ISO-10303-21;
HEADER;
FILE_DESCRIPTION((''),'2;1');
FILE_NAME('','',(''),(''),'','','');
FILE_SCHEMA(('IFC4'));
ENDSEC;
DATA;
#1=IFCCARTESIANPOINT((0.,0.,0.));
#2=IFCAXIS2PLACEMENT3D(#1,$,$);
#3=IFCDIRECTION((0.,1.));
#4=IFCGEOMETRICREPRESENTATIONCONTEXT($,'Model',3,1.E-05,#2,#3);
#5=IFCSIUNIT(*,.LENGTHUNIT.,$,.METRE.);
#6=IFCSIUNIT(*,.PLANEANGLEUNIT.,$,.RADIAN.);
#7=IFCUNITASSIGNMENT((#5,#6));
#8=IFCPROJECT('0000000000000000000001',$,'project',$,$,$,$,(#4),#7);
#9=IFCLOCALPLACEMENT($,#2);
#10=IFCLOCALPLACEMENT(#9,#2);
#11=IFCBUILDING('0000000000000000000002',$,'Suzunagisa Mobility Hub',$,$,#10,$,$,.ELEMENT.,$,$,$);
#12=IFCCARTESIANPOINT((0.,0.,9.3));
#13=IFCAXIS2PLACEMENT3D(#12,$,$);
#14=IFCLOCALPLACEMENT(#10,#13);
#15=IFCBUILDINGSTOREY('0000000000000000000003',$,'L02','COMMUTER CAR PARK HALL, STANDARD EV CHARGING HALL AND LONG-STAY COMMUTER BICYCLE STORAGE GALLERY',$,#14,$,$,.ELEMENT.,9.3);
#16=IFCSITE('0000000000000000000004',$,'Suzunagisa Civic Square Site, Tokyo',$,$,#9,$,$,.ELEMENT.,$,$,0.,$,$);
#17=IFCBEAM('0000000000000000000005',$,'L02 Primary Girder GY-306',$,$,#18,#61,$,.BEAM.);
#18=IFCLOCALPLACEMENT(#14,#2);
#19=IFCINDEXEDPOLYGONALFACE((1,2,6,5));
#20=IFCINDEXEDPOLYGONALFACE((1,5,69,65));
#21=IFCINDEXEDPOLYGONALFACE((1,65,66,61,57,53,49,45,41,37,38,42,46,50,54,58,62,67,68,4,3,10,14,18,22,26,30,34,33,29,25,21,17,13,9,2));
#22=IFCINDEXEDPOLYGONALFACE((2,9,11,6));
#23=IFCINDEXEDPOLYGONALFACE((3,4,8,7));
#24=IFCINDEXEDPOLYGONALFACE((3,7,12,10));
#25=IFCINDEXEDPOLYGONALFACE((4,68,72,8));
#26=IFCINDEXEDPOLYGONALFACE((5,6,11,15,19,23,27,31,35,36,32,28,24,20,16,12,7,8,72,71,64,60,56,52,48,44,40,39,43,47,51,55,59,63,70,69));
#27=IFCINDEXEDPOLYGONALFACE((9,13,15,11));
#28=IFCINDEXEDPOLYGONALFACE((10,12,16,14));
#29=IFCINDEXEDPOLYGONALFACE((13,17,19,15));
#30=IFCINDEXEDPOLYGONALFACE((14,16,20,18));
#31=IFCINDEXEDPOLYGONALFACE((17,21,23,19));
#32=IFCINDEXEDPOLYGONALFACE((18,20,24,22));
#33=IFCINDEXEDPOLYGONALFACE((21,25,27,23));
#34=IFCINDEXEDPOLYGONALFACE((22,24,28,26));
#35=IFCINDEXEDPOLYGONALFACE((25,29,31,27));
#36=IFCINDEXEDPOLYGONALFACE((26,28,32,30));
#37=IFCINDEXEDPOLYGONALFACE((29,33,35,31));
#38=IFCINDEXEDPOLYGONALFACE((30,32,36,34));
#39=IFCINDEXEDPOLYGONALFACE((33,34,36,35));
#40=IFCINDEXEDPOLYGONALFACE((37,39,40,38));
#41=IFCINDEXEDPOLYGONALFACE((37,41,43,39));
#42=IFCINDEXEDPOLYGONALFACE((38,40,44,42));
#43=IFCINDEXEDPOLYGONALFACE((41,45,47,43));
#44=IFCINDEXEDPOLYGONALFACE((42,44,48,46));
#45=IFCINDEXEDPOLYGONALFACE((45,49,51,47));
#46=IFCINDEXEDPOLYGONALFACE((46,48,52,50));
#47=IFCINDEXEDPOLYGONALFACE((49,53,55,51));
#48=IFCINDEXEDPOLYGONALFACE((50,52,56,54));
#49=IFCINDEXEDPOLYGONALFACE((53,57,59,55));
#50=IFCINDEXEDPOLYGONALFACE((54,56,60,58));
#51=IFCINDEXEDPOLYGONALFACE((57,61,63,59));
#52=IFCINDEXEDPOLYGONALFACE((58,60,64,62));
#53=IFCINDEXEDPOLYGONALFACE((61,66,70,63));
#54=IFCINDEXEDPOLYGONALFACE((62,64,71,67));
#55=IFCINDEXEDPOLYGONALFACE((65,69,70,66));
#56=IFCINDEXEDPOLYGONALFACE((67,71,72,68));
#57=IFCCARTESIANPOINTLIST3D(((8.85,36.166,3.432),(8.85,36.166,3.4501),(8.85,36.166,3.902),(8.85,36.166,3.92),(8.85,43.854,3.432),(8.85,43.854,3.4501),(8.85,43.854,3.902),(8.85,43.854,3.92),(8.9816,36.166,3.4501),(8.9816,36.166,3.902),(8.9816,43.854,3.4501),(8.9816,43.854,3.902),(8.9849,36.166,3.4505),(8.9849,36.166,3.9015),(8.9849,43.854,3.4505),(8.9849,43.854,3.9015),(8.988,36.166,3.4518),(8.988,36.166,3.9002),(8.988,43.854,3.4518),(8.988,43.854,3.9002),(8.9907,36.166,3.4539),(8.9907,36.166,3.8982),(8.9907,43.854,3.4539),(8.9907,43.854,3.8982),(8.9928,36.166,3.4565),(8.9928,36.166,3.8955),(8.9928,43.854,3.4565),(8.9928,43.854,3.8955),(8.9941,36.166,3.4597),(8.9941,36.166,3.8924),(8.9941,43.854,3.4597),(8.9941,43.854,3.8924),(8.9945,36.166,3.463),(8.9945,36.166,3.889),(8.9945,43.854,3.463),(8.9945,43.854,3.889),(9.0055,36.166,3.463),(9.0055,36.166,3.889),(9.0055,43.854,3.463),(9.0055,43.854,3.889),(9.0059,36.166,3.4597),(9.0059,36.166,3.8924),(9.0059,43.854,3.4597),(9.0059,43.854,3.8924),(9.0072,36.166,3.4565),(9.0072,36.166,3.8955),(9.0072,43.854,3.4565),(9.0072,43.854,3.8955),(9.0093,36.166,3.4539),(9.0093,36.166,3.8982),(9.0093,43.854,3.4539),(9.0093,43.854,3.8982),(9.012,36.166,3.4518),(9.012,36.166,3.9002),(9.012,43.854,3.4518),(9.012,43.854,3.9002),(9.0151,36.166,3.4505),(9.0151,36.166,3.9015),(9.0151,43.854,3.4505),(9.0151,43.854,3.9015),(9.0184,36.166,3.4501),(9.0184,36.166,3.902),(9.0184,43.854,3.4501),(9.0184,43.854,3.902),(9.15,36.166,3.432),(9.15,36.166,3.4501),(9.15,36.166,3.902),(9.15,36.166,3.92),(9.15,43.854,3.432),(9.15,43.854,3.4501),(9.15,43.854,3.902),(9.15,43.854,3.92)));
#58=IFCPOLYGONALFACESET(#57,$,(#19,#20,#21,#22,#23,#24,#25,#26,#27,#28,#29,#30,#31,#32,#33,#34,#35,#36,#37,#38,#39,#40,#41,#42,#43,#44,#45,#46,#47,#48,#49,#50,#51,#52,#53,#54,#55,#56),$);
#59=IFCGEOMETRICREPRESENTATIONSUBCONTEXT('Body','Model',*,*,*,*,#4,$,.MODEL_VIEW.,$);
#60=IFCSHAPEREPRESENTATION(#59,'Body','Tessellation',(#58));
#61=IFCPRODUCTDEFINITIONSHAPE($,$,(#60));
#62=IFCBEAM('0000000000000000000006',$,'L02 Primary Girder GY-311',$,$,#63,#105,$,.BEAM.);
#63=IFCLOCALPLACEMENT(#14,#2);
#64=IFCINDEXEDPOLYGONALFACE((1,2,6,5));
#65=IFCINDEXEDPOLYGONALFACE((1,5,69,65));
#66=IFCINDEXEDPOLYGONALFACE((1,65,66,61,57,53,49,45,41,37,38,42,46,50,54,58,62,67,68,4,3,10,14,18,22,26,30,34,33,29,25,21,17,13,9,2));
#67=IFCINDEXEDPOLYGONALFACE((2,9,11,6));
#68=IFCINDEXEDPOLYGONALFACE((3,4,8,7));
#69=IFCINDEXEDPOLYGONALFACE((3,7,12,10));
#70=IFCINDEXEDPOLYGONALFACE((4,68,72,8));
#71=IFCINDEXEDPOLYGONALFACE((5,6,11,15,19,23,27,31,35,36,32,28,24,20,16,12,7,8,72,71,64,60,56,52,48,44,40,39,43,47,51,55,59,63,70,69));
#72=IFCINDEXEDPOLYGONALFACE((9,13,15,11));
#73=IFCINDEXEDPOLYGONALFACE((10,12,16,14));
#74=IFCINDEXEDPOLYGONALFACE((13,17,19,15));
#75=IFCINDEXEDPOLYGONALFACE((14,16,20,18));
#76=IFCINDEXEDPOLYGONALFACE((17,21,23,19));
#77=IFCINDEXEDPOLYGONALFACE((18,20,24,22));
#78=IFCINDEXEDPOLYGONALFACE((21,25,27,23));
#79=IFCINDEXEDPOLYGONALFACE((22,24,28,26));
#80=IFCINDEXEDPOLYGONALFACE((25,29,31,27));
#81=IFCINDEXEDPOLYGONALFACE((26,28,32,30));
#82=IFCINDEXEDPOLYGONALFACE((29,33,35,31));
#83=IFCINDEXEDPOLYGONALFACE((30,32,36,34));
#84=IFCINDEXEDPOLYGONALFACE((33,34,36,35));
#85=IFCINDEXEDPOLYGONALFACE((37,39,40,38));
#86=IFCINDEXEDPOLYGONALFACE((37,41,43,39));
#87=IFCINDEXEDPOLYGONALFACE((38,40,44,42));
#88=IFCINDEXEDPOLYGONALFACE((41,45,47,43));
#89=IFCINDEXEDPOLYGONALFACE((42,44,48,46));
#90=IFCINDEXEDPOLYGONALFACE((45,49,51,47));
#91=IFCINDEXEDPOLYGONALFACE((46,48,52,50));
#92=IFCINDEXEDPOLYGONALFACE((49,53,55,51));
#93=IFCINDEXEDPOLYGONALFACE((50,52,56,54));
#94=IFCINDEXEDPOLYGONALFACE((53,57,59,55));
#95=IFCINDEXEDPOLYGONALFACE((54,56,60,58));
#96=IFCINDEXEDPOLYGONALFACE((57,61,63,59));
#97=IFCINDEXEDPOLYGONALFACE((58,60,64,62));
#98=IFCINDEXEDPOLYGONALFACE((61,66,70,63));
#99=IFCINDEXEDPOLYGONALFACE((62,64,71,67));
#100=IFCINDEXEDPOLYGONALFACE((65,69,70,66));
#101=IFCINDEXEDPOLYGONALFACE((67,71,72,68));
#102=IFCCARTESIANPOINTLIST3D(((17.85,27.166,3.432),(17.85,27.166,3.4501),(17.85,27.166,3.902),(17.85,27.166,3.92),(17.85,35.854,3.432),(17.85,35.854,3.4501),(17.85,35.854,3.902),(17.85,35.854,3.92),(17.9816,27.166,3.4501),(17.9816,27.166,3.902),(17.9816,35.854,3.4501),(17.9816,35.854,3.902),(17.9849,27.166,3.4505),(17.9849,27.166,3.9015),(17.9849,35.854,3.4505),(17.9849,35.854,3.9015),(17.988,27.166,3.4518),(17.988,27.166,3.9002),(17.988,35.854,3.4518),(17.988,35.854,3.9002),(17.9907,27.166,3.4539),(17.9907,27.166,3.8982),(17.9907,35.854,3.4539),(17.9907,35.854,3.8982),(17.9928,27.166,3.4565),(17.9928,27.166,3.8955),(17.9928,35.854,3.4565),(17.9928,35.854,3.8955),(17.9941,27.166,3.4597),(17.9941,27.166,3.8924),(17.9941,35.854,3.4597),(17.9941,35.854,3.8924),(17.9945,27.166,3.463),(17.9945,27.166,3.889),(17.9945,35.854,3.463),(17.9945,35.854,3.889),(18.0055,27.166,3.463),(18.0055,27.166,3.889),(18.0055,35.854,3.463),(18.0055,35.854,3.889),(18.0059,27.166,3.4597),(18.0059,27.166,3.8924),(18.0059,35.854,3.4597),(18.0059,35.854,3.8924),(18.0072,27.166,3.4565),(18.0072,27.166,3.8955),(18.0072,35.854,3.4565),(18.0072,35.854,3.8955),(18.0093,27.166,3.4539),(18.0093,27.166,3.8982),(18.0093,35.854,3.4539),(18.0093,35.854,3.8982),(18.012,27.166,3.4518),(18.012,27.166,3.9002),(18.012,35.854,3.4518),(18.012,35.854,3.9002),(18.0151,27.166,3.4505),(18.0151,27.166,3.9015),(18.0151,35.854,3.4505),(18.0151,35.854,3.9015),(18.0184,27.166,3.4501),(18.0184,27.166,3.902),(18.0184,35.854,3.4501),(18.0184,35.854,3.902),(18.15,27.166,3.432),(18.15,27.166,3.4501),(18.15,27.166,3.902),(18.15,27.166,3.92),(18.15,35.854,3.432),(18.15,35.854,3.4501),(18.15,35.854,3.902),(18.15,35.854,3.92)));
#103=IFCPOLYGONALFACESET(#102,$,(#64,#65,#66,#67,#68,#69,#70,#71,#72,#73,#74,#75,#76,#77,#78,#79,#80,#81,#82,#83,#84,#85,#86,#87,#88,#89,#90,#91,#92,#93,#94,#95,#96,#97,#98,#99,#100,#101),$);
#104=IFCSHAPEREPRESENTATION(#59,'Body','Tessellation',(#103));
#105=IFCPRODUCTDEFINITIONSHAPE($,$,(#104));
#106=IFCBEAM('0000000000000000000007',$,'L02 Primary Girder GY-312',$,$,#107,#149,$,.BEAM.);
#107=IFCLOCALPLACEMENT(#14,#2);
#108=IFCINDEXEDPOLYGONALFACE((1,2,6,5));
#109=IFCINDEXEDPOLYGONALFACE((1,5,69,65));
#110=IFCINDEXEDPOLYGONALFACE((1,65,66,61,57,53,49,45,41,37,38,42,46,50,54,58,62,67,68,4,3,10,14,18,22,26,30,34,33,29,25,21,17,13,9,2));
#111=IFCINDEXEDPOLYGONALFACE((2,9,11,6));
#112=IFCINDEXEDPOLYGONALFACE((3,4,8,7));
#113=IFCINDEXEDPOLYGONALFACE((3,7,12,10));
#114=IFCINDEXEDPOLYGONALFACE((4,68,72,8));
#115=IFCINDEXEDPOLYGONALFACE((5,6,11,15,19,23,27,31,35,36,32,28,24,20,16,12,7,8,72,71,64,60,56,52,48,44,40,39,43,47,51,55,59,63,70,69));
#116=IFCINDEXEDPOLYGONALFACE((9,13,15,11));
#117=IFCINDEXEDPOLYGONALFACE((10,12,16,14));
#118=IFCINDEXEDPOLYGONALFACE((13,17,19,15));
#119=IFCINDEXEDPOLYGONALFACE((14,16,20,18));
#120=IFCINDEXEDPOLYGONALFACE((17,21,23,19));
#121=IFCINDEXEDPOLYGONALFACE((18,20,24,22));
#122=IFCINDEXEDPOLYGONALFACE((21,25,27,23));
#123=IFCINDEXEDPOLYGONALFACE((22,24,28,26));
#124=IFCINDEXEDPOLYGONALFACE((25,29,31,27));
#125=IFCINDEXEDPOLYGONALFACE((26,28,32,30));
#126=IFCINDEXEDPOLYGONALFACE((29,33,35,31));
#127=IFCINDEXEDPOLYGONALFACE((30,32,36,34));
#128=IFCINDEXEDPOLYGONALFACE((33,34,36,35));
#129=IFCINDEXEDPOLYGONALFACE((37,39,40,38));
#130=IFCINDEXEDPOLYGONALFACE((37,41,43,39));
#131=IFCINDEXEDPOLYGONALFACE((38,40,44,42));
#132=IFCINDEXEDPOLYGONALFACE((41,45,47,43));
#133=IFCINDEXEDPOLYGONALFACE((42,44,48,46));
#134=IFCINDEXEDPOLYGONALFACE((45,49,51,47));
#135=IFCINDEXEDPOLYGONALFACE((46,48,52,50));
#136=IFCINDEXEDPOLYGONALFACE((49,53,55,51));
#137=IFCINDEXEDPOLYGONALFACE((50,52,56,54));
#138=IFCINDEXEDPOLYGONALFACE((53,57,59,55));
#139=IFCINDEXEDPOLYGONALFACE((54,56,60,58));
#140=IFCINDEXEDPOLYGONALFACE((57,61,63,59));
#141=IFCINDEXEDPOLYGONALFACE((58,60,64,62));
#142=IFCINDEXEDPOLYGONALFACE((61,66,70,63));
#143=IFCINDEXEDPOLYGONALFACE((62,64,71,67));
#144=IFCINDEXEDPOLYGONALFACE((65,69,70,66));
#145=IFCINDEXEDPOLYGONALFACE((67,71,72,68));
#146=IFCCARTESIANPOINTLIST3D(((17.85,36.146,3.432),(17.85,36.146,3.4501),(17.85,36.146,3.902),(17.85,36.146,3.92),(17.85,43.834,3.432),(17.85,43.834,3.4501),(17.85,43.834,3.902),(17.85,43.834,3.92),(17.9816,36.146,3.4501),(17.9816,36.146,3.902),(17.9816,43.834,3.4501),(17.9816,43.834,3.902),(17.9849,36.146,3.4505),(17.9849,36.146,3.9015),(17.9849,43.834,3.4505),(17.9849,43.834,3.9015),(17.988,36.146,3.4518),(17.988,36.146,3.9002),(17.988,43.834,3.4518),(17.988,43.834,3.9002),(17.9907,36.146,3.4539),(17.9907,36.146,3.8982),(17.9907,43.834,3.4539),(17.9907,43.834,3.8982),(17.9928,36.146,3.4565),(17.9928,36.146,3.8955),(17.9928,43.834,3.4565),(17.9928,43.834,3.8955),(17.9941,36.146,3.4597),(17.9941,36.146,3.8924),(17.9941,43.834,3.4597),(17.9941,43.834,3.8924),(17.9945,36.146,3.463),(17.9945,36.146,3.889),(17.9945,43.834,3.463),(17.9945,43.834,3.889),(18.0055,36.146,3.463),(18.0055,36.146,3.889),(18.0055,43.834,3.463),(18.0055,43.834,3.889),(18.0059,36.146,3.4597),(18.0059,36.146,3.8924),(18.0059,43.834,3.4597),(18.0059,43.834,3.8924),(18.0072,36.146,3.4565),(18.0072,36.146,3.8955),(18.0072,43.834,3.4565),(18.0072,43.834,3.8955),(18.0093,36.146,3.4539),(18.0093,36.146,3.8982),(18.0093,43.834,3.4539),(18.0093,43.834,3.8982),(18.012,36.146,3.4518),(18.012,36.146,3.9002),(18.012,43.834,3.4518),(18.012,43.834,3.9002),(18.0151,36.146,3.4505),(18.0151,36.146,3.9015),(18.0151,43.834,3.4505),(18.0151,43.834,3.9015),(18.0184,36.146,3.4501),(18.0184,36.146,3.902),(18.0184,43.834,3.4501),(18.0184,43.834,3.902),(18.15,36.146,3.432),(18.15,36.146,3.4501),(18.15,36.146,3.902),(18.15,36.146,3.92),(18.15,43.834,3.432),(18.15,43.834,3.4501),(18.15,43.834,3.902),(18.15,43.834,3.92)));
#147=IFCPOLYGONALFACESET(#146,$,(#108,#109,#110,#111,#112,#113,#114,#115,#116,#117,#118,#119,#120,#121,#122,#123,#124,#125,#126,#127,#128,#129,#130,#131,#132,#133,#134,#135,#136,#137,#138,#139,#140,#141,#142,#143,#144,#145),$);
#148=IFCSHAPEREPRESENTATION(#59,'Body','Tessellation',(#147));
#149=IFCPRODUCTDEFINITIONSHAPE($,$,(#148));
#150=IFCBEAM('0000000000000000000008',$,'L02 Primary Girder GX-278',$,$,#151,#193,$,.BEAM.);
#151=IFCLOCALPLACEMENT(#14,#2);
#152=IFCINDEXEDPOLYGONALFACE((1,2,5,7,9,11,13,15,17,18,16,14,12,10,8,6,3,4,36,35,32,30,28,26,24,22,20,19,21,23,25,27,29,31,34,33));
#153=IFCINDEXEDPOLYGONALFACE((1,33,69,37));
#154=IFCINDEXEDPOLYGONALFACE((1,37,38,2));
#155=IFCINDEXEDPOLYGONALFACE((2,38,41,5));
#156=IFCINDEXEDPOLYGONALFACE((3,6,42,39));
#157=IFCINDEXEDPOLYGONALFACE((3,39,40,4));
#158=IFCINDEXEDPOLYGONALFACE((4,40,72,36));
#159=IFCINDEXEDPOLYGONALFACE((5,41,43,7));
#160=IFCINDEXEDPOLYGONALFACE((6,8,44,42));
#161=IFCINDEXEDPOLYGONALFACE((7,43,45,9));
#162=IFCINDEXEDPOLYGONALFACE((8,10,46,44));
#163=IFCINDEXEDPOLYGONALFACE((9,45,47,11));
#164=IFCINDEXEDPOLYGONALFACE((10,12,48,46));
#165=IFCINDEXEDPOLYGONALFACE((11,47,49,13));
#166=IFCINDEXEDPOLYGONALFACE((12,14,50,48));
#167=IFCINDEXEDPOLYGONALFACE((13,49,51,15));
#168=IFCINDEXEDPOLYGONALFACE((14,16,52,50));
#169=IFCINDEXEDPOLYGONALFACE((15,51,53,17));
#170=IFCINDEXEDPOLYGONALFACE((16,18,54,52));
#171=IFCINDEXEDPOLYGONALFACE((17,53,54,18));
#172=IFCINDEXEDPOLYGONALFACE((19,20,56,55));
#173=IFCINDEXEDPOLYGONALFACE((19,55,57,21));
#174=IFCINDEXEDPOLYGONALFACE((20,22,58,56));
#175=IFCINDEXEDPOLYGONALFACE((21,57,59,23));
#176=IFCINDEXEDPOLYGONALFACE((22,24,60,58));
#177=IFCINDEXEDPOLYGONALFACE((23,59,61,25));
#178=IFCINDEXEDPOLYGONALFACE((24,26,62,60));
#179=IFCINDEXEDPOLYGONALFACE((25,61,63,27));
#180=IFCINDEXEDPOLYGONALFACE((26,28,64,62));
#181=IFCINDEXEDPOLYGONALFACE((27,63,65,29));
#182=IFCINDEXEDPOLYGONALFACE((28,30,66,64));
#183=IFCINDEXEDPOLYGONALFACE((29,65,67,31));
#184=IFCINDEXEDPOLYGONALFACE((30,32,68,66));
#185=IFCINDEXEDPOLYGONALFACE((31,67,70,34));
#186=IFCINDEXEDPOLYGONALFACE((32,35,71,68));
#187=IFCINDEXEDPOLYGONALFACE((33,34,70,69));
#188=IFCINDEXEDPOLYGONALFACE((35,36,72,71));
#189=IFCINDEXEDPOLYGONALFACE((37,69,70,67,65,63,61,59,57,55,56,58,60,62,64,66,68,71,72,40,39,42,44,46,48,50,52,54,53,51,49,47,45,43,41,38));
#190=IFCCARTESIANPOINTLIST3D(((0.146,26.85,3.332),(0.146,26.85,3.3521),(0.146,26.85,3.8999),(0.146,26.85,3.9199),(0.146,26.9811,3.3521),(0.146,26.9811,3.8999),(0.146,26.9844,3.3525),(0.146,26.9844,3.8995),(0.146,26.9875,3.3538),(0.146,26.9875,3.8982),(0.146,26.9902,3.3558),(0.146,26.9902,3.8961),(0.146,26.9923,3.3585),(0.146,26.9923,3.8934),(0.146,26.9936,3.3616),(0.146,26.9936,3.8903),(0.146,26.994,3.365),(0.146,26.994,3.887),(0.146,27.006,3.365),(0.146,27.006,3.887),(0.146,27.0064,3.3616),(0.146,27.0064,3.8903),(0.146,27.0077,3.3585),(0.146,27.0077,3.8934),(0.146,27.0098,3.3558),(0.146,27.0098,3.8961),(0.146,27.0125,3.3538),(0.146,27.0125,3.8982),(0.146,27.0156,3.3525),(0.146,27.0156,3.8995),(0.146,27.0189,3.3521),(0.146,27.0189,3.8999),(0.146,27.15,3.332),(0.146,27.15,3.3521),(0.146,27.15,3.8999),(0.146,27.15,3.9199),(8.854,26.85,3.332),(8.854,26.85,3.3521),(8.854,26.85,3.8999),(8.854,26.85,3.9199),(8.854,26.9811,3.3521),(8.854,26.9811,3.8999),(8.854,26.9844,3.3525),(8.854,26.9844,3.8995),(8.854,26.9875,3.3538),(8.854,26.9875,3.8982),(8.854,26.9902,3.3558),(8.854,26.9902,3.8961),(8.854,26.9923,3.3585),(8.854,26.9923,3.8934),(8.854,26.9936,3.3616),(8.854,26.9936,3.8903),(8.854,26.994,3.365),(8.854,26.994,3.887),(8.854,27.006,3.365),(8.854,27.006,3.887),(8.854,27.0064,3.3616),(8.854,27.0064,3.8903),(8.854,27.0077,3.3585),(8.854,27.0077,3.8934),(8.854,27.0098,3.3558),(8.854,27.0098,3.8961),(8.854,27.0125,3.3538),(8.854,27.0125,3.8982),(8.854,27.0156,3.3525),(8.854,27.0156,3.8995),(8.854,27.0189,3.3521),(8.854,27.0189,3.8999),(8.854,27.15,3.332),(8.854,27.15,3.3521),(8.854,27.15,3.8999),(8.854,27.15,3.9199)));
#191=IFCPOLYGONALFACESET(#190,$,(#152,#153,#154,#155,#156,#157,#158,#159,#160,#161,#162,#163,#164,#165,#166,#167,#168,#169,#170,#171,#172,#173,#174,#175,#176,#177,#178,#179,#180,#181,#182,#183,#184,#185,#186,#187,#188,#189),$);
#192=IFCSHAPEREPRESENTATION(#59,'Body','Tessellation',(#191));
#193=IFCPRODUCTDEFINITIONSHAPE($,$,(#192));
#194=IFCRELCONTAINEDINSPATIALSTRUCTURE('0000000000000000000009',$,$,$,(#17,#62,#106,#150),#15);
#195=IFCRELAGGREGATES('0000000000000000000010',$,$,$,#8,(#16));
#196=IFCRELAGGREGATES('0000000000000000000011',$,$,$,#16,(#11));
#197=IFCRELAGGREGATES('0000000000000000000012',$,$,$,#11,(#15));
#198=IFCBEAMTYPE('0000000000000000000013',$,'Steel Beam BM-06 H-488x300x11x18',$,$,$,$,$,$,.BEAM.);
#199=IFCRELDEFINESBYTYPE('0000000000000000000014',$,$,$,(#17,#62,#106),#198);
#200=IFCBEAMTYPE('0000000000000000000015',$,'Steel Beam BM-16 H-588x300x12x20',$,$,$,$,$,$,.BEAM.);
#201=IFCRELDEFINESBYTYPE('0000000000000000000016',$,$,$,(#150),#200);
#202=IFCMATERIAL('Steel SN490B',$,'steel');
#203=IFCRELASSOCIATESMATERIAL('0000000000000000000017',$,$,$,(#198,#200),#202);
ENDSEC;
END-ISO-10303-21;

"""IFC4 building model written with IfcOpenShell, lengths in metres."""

from ifc_helpers import new_model, si_unit, direction, frame, origin, origin_2d, place, context, subcontext, project, spatial, i_section, extrude, material, material_profile, profile_set, type_object, element, save


model = new_model("IFC4")

# Units and contexts
model_context = context("Model", 3, precision=1e-05, world=origin(), true_north=direction((0.0, 1.0)))
body_context = subcontext(model_context, "Body", "Model", "MODEL_VIEW")
ifc_project = project(units=[si_unit("LENGTHUNIT", "METRE"), si_unit("PLANEANGLEUNIT", "RADIAN")], contexts=[model_context])

# Site, building, storey
site_placement = place(None, origin())
site = spatial("IfcSite", under=ifc_project, at=site_placement, Name="Suzunagisa Civic Square Site, Tokyo", CompositionType="ELEMENT", RefElevation=0.0)
building_placement = place(site_placement, origin())
building = spatial("IfcBuilding", under=site, at=building_placement, Name="Suzunagisa Mobility Hub", CompositionType="ELEMENT")
storey_placement = place(building_placement, frame((0.0, 0.0, 9.3)))
storey = spatial("IfcBuildingStorey", under=building, at=storey_placement, Name="L02", Description="COMMUTER CAR PARK HALL, STANDARD EV CHARGING HALL AND LONG-STAY COMMUTER BICYCLE STORAGE GALLERY", CompositionType="ELEMENT", Elevation=9.3)

# Shared definitions
ifc_material_1 = material(Name="Steel SN490B", Category="steel")

# Beams
ifc_material_profile_1 = material_profile(ifc_material_1, i_section(OverallWidth=0.3, OverallDepth=0.488, WebThickness=0.011, FlangeThickness=0.0181, FilletRadius=0.0129, at=origin_2d()), Name="H-488x300x11x18")
ifc_profile_set_1 = profile_set([ifc_material_profile_1], Name="Steel SN490B")
beam_type_1 = type_object("IfcBeamType", Name="Steel Beam BM-06 H-488x300x11x18", PredefinedType="BEAM", material=ifc_profile_set_1)
beam_1_placement = place(storey_placement, frame((9.0, 36.166, 3.676), z_axis=(0.0, 1.0, 0.0), x_axis=(-1.0, 0.0, 0.0)))
element("IfcBeam", 1, at=beam_1_placement, inside=storey, type_object=beam_type_1, Name="L02 Primary Girder GY-306", PredefinedType="BEAM", context=body_context, shape_type="SweptSolid", body=[
    extrude(i_section(OverallWidth=0.3, OverallDepth=0.488, WebThickness=0.011, FlangeThickness=0.0181, FilletRadius=0.0129, at=origin_2d()), origin(), (0.0, 0.0, 1.0), 7.688),
])
beam_2_placement = place(storey_placement, frame((18.0, 27.166, 3.676), z_axis=(0.0, 1.0, 0.0), x_axis=(-1.0, 0.0, 0.0)))
element("IfcBeam", 2, at=beam_2_placement, inside=storey, type_object=beam_type_1, Name="L02 Primary Girder GY-311", PredefinedType="BEAM", context=body_context, shape_type="SweptSolid", body=[
    extrude(i_section(OverallWidth=0.3, OverallDepth=0.488, WebThickness=0.011, FlangeThickness=0.0181, FilletRadius=0.0129, at=origin_2d()), origin(), (0.0, 0.0, 1.0), 8.688),
])
beam_3_placement = place(storey_placement, frame((18.0, 36.146, 3.676), z_axis=(0.0, 1.0, 0.0), x_axis=(-1.0, 0.0, 0.0)))
element("IfcBeam", 3, at=beam_3_placement, inside=storey, type_object=beam_type_1, Name="L02 Primary Girder GY-312", PredefinedType="BEAM", context=body_context, shape_type="SweptSolid", body=[
    extrude(i_section(OverallWidth=0.3, OverallDepth=0.488, WebThickness=0.011, FlangeThickness=0.0181, FilletRadius=0.0129, at=origin_2d()), origin(), (0.0, 0.0, 1.0), 7.688),
])
ifc_material_profile_2 = material_profile(ifc_material_1, i_section(OverallWidth=0.3, OverallDepth=0.5879, WebThickness=0.012, FlangeThickness=0.02, FilletRadius=0.0129, at=origin_2d()), Name="H-588x300x12x20")
ifc_profile_set_2 = profile_set([ifc_material_profile_2], Name="Steel SN490B")
beam_type_2 = type_object("IfcBeamType", Name="Steel Beam BM-16 H-588x300x12x20", PredefinedType="BEAM", material=ifc_profile_set_2)
beam_4_placement = place(storey_placement, frame((0.146, 27.0, 3.626), z_axis=(1.0, 0.0, 0.0), x_axis=(0.0, 1.0, 0.0)))
element("IfcBeam", 4, at=beam_4_placement, inside=storey, type_object=beam_type_2, Name="L02 Primary Girder GX-278", PredefinedType="BEAM", context=body_context, shape_type="SweptSolid", body=[
    extrude(i_section(OverallWidth=0.3, OverallDepth=0.5879, WebThickness=0.012, FlangeThickness=0.02, FilletRadius=0.0129, at=origin_2d()), origin(), (0.0, 0.0, 1.0), 8.708),
])

save(model, "model.ifc")
